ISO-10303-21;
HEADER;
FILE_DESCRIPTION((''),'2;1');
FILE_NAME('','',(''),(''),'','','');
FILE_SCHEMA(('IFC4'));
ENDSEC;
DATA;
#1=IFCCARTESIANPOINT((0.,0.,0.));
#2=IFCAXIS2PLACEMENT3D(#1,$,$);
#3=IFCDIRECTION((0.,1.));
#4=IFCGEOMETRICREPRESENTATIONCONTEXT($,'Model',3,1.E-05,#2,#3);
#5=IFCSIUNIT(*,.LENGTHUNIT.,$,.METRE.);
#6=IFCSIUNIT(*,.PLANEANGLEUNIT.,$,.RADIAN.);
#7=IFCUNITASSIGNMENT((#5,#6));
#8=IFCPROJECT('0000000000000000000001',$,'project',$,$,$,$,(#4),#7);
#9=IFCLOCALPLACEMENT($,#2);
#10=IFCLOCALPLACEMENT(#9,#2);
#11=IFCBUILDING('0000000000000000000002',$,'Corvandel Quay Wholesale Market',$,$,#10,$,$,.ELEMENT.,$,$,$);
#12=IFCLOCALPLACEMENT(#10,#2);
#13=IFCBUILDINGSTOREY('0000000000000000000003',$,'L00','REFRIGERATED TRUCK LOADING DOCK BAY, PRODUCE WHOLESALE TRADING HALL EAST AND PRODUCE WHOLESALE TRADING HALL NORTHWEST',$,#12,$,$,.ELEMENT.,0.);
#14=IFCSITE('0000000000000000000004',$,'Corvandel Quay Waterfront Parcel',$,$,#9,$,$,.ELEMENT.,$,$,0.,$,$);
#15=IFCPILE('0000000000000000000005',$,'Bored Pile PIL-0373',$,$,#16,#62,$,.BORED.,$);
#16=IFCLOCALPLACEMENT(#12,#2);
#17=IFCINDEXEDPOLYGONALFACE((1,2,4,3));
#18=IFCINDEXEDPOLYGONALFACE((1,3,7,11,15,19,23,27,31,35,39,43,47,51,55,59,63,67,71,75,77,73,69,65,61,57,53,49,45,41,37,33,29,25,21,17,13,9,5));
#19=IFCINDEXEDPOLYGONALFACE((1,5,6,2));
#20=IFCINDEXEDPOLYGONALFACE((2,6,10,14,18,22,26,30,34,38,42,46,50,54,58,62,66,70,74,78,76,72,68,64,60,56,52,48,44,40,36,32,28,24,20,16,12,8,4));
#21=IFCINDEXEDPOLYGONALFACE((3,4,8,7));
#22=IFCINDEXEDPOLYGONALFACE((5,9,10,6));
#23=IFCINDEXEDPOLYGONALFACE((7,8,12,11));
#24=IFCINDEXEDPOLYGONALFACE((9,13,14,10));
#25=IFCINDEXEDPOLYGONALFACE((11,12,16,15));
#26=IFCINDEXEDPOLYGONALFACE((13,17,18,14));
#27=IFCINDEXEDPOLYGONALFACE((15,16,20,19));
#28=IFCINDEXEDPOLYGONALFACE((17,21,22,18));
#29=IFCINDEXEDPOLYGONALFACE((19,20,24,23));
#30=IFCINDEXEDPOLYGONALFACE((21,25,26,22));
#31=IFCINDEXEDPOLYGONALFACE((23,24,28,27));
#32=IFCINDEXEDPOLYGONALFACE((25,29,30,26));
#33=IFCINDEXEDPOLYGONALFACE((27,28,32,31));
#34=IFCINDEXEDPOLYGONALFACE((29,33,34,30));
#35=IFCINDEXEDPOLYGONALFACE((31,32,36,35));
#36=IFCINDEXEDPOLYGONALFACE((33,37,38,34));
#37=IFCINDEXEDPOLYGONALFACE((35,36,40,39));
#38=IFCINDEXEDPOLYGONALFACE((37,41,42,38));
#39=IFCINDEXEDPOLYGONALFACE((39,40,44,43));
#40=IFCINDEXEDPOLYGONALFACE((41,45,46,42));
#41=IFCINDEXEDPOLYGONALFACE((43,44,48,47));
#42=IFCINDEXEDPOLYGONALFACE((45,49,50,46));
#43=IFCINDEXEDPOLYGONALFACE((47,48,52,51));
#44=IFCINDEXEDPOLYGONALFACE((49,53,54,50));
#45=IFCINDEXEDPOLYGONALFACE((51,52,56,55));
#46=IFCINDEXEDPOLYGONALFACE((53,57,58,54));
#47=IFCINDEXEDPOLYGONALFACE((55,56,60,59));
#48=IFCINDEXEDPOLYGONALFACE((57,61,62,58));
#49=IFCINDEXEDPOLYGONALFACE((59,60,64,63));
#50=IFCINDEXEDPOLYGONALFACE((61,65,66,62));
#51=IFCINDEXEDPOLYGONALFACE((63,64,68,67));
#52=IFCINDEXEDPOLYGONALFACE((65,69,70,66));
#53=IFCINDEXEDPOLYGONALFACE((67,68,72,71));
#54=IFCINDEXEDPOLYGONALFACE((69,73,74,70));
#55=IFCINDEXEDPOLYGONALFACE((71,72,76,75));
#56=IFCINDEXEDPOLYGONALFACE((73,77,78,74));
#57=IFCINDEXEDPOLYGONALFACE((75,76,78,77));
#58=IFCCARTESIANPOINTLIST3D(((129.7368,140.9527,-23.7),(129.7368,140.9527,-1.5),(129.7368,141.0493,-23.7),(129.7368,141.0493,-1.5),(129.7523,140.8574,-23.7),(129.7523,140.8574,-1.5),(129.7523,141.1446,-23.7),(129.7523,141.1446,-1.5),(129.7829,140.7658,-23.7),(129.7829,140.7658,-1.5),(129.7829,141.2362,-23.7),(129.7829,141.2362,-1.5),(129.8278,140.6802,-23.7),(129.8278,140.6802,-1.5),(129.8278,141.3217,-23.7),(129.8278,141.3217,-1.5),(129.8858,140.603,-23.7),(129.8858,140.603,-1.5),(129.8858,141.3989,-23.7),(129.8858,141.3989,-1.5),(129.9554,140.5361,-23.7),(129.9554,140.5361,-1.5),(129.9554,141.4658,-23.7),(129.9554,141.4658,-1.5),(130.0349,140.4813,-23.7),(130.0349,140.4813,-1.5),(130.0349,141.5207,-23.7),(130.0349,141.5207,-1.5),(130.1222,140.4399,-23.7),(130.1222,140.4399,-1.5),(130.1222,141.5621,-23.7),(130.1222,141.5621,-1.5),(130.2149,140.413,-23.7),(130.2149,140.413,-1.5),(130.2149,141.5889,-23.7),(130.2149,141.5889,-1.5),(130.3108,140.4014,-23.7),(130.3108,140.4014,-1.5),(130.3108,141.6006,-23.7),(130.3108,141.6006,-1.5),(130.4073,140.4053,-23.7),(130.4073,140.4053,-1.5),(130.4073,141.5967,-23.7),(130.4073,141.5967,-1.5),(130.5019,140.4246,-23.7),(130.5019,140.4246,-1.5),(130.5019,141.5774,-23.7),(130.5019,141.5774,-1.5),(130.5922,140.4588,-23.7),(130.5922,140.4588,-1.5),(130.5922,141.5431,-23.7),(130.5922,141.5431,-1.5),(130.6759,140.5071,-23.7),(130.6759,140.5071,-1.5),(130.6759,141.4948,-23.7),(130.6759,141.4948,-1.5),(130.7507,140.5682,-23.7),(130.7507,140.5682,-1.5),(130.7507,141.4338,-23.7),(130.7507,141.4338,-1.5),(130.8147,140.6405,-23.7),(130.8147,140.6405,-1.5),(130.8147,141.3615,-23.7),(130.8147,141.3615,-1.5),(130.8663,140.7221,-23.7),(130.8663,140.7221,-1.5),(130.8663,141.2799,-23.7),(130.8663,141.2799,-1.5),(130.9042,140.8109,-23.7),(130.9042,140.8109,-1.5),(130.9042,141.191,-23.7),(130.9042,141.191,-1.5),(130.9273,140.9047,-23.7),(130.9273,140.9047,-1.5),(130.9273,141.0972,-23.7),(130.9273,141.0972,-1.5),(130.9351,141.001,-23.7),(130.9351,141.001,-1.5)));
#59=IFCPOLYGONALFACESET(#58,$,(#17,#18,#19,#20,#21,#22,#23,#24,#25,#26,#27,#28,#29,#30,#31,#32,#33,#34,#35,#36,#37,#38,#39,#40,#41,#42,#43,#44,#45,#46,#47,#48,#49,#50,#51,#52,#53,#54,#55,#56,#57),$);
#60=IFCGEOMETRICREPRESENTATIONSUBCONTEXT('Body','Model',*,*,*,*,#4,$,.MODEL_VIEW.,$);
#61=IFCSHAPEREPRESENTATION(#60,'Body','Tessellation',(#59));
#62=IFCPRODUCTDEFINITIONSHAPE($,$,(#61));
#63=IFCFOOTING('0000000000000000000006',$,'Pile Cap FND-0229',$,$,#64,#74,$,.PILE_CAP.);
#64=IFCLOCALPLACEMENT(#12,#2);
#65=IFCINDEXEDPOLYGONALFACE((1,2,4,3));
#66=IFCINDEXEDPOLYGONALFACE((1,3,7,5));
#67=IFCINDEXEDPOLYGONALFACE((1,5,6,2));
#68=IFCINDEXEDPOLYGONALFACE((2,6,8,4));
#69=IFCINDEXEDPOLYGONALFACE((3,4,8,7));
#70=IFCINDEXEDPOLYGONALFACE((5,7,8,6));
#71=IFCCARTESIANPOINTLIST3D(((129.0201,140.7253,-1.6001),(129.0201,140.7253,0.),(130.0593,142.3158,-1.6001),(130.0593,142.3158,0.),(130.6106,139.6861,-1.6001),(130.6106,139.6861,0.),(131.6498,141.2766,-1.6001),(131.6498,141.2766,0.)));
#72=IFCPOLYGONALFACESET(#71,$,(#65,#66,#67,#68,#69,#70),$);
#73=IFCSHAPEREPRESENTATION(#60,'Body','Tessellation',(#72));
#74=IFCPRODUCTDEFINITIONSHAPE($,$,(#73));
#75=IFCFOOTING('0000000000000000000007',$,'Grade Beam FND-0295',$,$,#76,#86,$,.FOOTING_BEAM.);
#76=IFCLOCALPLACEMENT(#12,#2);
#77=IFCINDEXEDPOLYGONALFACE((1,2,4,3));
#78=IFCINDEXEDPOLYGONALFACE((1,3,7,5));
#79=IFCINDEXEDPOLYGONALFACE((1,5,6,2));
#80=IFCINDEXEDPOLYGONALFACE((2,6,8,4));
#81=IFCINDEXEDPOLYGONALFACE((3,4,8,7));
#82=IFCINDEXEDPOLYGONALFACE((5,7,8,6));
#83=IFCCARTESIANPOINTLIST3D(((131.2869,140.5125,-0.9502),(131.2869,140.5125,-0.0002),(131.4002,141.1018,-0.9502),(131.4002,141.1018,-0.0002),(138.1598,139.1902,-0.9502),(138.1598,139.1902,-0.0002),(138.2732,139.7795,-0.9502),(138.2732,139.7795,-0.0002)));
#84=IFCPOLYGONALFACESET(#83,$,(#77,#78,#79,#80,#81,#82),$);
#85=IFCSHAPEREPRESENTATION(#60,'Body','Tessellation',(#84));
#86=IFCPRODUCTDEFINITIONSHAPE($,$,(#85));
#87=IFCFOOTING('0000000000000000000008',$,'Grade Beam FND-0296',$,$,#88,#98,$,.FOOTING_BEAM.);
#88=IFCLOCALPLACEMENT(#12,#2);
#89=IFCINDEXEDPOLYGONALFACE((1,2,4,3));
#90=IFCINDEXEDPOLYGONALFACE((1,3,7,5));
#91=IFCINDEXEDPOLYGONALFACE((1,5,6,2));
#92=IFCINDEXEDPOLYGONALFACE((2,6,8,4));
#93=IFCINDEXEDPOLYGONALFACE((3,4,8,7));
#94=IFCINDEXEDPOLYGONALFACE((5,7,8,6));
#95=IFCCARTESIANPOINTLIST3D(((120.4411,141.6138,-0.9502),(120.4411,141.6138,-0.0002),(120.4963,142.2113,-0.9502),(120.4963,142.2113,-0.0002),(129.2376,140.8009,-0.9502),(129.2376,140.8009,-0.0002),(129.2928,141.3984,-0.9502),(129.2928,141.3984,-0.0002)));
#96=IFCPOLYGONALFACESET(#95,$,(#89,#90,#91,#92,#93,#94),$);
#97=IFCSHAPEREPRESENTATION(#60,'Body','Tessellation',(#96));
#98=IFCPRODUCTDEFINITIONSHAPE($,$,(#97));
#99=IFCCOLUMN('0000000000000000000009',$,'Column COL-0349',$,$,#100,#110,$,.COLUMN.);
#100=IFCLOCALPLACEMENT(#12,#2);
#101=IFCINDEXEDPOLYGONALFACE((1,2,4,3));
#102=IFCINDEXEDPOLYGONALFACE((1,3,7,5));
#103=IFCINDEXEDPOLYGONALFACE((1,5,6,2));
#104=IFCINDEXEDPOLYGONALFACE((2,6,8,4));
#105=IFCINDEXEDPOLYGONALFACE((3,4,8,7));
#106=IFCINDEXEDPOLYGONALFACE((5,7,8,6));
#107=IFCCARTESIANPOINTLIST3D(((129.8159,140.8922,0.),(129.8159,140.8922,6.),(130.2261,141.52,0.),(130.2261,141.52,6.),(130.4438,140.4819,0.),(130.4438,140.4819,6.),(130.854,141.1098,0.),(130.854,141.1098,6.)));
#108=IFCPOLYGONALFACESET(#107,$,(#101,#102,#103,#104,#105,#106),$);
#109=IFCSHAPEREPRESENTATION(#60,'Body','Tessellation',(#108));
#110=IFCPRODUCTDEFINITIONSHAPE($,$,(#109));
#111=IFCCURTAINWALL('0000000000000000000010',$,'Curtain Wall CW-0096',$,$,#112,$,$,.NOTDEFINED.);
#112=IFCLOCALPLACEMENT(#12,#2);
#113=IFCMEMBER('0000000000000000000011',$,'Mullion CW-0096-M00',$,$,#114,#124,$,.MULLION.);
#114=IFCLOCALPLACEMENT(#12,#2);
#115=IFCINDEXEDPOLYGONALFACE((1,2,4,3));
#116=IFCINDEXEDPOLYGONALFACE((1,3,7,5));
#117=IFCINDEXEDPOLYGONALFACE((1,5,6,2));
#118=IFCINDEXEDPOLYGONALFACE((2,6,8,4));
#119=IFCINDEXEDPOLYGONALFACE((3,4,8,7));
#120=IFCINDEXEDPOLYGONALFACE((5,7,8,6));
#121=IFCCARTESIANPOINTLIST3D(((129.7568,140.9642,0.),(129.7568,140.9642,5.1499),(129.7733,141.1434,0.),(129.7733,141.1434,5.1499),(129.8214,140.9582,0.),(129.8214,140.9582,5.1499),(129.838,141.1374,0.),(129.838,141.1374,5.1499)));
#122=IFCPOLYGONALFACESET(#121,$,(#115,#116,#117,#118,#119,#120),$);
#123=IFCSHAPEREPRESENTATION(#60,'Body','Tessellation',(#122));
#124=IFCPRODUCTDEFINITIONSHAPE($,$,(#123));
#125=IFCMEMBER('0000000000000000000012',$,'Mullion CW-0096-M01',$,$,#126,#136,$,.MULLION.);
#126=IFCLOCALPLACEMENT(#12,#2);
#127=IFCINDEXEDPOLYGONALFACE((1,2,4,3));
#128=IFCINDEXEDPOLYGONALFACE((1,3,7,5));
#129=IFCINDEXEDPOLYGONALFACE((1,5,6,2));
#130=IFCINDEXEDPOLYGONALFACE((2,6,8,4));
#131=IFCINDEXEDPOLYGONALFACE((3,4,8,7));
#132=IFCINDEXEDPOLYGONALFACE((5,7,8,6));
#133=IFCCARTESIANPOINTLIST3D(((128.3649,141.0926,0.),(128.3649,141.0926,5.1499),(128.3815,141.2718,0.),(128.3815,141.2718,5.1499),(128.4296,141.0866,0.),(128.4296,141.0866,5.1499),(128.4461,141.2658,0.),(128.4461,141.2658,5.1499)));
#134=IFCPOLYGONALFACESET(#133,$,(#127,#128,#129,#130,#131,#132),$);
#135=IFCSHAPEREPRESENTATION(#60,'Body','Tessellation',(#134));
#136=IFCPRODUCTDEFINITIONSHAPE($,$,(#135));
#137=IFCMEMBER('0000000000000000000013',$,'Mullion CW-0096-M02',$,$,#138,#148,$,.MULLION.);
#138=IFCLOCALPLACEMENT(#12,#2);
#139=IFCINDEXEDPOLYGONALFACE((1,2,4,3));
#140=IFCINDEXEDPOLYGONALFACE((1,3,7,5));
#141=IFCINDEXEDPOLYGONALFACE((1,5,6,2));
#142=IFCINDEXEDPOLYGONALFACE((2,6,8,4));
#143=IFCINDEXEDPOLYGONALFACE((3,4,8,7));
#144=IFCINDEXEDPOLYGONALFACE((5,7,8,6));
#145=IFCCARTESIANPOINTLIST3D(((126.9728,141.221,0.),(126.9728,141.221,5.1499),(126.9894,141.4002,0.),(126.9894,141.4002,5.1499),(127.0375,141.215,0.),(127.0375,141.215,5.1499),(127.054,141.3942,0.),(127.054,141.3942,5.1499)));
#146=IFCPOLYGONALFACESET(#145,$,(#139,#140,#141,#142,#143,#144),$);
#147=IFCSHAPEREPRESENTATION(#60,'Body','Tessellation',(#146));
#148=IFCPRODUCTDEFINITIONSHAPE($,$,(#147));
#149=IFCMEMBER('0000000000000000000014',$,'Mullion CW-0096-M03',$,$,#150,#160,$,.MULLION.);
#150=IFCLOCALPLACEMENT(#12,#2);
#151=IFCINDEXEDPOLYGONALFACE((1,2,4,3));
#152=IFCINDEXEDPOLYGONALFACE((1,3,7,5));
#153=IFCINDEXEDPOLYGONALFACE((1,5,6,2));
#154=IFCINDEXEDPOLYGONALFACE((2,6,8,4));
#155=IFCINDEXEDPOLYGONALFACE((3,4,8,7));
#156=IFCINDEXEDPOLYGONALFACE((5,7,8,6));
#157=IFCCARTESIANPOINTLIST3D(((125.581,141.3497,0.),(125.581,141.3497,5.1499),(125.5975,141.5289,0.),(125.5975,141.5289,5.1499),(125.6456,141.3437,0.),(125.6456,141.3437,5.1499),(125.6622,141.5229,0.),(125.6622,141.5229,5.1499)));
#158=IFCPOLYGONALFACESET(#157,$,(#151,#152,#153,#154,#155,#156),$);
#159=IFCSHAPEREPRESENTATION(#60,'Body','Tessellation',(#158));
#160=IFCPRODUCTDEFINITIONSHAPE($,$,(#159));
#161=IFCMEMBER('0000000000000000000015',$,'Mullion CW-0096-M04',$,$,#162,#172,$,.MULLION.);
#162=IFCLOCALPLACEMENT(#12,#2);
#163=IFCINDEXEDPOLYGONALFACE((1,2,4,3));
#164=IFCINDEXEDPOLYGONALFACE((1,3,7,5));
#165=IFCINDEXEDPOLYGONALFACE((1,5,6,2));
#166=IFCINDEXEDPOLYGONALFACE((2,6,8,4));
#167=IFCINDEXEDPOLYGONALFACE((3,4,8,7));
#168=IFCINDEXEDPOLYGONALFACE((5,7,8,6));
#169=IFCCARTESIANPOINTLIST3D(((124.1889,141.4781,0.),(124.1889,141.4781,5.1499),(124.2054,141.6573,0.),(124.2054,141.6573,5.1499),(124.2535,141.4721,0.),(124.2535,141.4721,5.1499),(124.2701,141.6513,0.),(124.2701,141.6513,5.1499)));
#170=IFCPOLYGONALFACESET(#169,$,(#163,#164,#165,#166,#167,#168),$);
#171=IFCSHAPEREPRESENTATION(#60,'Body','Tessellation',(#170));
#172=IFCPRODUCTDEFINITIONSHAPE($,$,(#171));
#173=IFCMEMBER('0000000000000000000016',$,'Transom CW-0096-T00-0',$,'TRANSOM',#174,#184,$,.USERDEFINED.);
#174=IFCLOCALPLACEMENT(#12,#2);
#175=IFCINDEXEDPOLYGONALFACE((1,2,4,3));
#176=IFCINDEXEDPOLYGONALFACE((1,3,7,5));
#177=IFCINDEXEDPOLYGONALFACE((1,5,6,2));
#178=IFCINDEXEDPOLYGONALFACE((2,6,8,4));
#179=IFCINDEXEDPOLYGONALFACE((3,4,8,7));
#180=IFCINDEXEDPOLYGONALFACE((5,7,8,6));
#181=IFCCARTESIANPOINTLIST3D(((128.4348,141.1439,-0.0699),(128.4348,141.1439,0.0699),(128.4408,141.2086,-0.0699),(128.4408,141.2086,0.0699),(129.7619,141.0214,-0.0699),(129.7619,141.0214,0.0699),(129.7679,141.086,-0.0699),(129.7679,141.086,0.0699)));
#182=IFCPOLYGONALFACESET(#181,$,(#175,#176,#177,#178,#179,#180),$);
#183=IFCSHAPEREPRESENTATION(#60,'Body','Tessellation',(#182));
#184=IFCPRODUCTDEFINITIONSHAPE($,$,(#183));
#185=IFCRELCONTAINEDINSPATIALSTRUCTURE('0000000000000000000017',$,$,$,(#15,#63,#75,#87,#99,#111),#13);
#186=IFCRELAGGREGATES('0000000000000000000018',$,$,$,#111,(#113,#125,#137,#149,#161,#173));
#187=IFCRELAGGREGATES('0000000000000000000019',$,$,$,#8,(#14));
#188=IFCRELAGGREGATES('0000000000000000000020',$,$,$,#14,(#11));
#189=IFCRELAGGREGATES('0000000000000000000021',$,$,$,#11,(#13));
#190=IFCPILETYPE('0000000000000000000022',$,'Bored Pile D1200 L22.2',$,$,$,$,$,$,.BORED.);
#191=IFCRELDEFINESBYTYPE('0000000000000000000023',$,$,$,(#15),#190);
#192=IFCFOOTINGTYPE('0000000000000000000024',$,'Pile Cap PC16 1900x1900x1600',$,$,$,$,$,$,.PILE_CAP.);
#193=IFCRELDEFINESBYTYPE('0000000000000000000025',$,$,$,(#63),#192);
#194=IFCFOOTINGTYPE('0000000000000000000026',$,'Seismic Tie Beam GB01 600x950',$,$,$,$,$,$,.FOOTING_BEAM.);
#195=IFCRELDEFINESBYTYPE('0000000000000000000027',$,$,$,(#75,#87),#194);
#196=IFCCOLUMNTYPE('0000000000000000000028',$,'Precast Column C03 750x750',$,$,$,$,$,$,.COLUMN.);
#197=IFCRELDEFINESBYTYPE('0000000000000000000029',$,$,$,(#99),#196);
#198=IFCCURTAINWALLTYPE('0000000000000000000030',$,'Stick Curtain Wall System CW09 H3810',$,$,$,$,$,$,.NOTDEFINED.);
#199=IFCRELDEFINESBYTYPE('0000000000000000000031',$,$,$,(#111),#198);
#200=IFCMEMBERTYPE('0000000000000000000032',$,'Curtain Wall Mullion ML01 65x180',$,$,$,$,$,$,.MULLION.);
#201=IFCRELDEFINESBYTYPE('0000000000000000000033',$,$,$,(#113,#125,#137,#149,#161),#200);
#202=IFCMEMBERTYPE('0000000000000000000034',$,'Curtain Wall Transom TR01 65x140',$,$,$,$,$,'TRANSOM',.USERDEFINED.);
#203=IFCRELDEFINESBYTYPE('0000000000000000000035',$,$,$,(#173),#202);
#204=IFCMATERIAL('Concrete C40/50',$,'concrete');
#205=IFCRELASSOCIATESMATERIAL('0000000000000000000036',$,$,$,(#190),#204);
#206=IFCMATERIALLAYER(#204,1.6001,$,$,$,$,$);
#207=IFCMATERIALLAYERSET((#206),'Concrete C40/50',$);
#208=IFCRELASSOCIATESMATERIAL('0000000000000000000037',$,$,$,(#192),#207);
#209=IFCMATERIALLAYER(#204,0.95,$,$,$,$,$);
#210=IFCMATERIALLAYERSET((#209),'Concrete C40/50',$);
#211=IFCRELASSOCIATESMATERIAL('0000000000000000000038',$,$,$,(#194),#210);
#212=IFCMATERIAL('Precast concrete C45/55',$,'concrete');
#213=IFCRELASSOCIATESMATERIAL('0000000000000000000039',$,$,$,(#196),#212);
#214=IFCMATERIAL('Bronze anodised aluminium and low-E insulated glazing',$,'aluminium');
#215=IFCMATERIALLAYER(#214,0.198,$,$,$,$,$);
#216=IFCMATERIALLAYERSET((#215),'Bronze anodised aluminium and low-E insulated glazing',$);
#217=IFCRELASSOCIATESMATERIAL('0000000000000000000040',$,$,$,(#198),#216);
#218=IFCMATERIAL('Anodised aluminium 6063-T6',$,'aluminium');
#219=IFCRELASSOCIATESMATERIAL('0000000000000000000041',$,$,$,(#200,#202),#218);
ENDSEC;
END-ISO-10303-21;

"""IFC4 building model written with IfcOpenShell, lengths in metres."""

from ifc_helpers import new_model, si_unit, direction, frame, origin, origin_2d, place, context, subcontext, project, spatial, rectangle, circle, extrude, material, layer, layer_set, material_profile, profile_set, type_object, element, aggregate, save


model = new_model("IFC4")

# Units and contexts
model_context = context("Model", 3, precision=1e-05, world=origin(), true_north=direction((0.0, 1.0)))
body_context = subcontext(model_context, "Body", "Model", "MODEL_VIEW")
ifc_project = project(units=[si_unit("LENGTHUNIT", "METRE"), si_unit("PLANEANGLEUNIT", "RADIAN")], contexts=[model_context])

# Site, building, storey
site_placement = place(None, origin())
site = spatial("IfcSite", under=ifc_project, at=site_placement, Name="Corvandel Quay Waterfront Parcel", CompositionType="ELEMENT", RefElevation=0.0)
building_placement = place(site_placement, origin())
building = spatial("IfcBuilding", under=site, at=building_placement, Name="Corvandel Quay Wholesale Market", CompositionType="ELEMENT")
storey_placement = place(building_placement, origin())
storey = spatial("IfcBuildingStorey", under=building, at=storey_placement, Name="L00", Description="REFRIGERATED TRUCK LOADING DOCK BAY, PRODUCE WHOLESALE TRADING HALL EAST AND PRODUCE WHOLESALE TRADING HALL NORTHWEST", CompositionType="ELEMENT", Elevation=0.0)

# Pile
ifc_material_1 = material(Name="Concrete C40/50", Category="concrete")
ifc_material_profile_1 = material_profile(ifc_material_1, circle(Radius=0.6001, at=origin_2d()), Name="RC-PILE-D1200")
ifc_profile_set_1 = profile_set([ifc_material_profile_1], Name="Concrete C40/50")
pile_type = type_object("IfcPileType", Name="Bored Pile D1200 L22.2", PredefinedType="BORED", material=ifc_profile_set_1)
pile_placement = place(storey_placement, frame((130.335, 141.001, -1.5), z_axis=(0.0, 0.0, -1.0), x_axis=(1.0, 0.0, 0.0)))
element("IfcPile", 1, at=pile_placement, inside=storey, type_object=pile_type, Name="Bored Pile PIL-0373", PredefinedType="BORED", context=body_context, shape_type="SweptSolid", body=[
    extrude(circle(Radius=0.6001, at=origin_2d()), origin(), (0.0, 0.0, 1.0), 22.2),
])

# Footings
ifc_layer_1 = layer(ifc_material_1, 1.6001)
ifc_layer_set_1 = layer_set([ifc_layer_1], Name="Concrete C40/50")
footing_type_1 = type_object("IfcFootingType", Name="Pile Cap PC16 1900x1900x1600", PredefinedType="PILE_CAP", material=ifc_layer_set_1)
footing_1_placement = place(storey_placement, frame((130.335, 141.001, -1.6001), z_axis=(0.0, 0.0, 1.0), x_axis=(-0.837146, 0.546979, 0.0)))
element("IfcFooting", 2, at=footing_1_placement, inside=storey, type_object=footing_type_1, Name="Pile Cap FND-0229", PredefinedType="PILE_CAP", context=body_context, shape_type="SweptSolid", body=[
    extrude(rectangle(XDim=1.8999, YDim=1.8999, at=origin_2d()), origin(), (0.0, 0.0, 1.0), 1.6001),
])
ifc_layer_2 = layer(ifc_material_1, 0.95)
ifc_layer_set_2 = layer_set([ifc_layer_2], Name="Concrete C40/50")
footing_type_2 = type_object("IfcFootingType", Name="Seismic Tie Beam GB01 600x950", PredefinedType="FOOTING_BEAM", material=ifc_layer_set_2)
footing_2_placement = place(storey_placement, frame((134.78, 140.146, -0.9502), z_axis=(0.0, 0.0, 1.0), x_axis=(-0.981992, 0.188924, 0.0)))
element("IfcFooting", 3, at=footing_2_placement, inside=storey, type_object=footing_type_2, Name="Grade Beam FND-0295", PredefinedType="FOOTING_BEAM", context=body_context, shape_type="SweptSolid", body=[
    extrude(rectangle(XDim=6.999, YDim=0.6001, at=origin_2d()), origin(), (0.0, 0.0, 1.0), 0.95),
])
footing_3_placement = place(storey_placement, frame((124.8669, 141.5061, -0.9502), z_axis=(0.0, 0.0, 1.0), x_axis=(-0.995757, 0.092023, 0.0)))
element("IfcFooting", 4, at=footing_3_placement, inside=storey, type_object=footing_type_2, Name="Grade Beam FND-0296", PredefinedType="FOOTING_BEAM", context=body_context, shape_type="SweptSolid", body=[
    extrude(rectangle(XDim=8.834, YDim=0.6001, at=origin_2d()), origin(), (0.0, 0.0, 1.0), 0.95),
])

# Column
ifc_material_2 = material(Name="Precast concrete C45/55", Category="concrete")
ifc_material_profile_2 = material_profile(ifc_material_2, rectangle(XDim=0.75, YDim=0.75, at=origin_2d()), Name="PC-COL-750x750")
ifc_profile_set_2 = profile_set([ifc_material_profile_2], Name="Precast concrete C45/55")
column_type = type_object("IfcColumnType", Name="Precast Column C03 750x750", PredefinedType="COLUMN", material=ifc_profile_set_2)
column_placement = place(storey_placement, frame((130.335, 141.001, 0.0), z_axis=(0.0, 0.0, 1.0), x_axis=(-0.837146, 0.546979, 0.0)))
element("IfcColumn", 5, at=column_placement, inside=storey, type_object=column_type, Name="Column COL-0349", PredefinedType="COLUMN", context=body_context, shape_type="SweptSolid", body=[
    extrude(rectangle(XDim=0.75, YDim=0.75, at=origin_2d()), origin(), (0.0, 0.0, 1.0), 6.0),
])

# Curtain wall, members
ifc_material_3 = material(Name="Bronze anodised aluminium and low-E insulated glazing", Category="aluminium")
ifc_layer_3 = layer(ifc_material_3, 0.198)
ifc_layer_set_3 = layer_set([ifc_layer_3], Name="Bronze anodised aluminium and low-E insulated glazing")
curtain_wall_type = type_object("IfcCurtainWallType", Name="Stick Curtain Wall System CW09 H3810", PredefinedType="NOTDEFINED", material=ifc_layer_set_3)
curtain_wall_placement = place(storey_placement, origin())
curtain_wall = element("IfcCurtainWall", 6, at=curtain_wall_placement, inside=storey, type_object=curtain_wall_type, Name="Curtain Wall CW-0096", PredefinedType="NOTDEFINED")
ifc_material_4 = material(Name="Anodised aluminium 6063-T6", Category="aluminium")
ifc_material_profile_3 = material_profile(ifc_material_4, rectangle(XDim=0.0649, YDim=0.1799, at=origin_2d()), Name="ALU-MUL-65x180")
ifc_profile_set_3 = profile_set([ifc_material_profile_3], Name="Anodised aluminium 6063-T6")
member_type_1 = type_object("IfcMemberType", Name="Curtain Wall Mullion ML01 65x180", PredefinedType="MULLION", material=ifc_profile_set_3)
member_1_placement = place(storey_placement, frame((129.7974, 141.0508, 0.0), z_axis=(0.0, 0.0, 1.0), x_axis=(-0.995757, 0.092023, 0.0)))
member_1 = element("IfcMember", 7, at=member_1_placement, type_object=member_type_1, Name="Mullion CW-0096-M00", PredefinedType="MULLION", context=body_context, shape_type="SweptSolid", body=[
    extrude(rectangle(XDim=0.0649, YDim=0.1799, at=origin_2d()), origin(), (0.0, 0.0, 1.0), 5.1499),
])
member_2_placement = place(storey_placement, frame((128.4055, 141.1792, 0.0), z_axis=(0.0, 0.0, 1.0), x_axis=(-0.995757, 0.092023, 0.0)))
member_2 = element("IfcMember", 8, at=member_2_placement, type_object=member_type_1, Name="Mullion CW-0096-M01", PredefinedType="MULLION", context=body_context, shape_type="SweptSolid", body=[
    extrude(rectangle(XDim=0.0649, YDim=0.1799, at=origin_2d()), origin(), (0.0, 0.0, 1.0), 5.1499),
])
member_3_placement = place(storey_placement, frame((127.0134, 141.3076, 0.0), z_axis=(0.0, 0.0, 1.0), x_axis=(-0.995757, 0.092023, 0.0)))
member_3 = element("IfcMember", 9, at=member_3_placement, type_object=member_type_1, Name="Mullion CW-0096-M02", PredefinedType="MULLION", context=body_context, shape_type="SweptSolid", body=[
    extrude(rectangle(XDim=0.0649, YDim=0.1799, at=origin_2d()), origin(), (0.0, 0.0, 1.0), 5.1499),
])
member_4_placement = place(storey_placement, frame((125.6216, 141.4363, 0.0), z_axis=(0.0, 0.0, 1.0), x_axis=(-0.995757, 0.092023, 0.0)))
member_4 = element("IfcMember", 10, at=member_4_placement, type_object=member_type_1, Name="Mullion CW-0096-M03", PredefinedType="MULLION", context=body_context, shape_type="SweptSolid", body=[
    extrude(rectangle(XDim=0.0649, YDim=0.1799, at=origin_2d()), origin(), (0.0, 0.0, 1.0), 5.1499),
])
member_5_placement = place(storey_placement, frame((124.2295, 141.5647, 0.0), z_axis=(0.0, 0.0, 1.0), x_axis=(-0.995757, 0.092023, 0.0)))
member_5 = element("IfcMember", 11, at=member_5_placement, type_object=member_type_1, Name="Mullion CW-0096-M04", PredefinedType="MULLION", context=body_context, shape_type="SweptSolid", body=[
    extrude(rectangle(XDim=0.0649, YDim=0.1799, at=origin_2d()), origin(), (0.0, 0.0, 1.0), 5.1499),
])
ifc_material_profile_4 = material_profile(ifc_material_4, rectangle(XDim=0.0649, YDim=0.1399, at=origin_2d()), Name="ALU-TRN-65x140")
ifc_profile_set_4 = profile_set([ifc_material_profile_4], Name="Anodised aluminium 6063-T6")
member_type_2 = type_object("IfcMemberType", Name="Curtain Wall Transom TR01 65x140", ElementType="TRANSOM", PredefinedType="USERDEFINED", material=ifc_profile_set_4)
member_6_placement = place(storey_placement, frame((129.7649, 141.0537, 0.0), z_axis=(-0.995763, 0.091956, 0.0), x_axis=(-0.091956, -0.995763, 0.0)))
member_6 = element("IfcMember", 12, at=member_6_placement, type_object=member_type_2, Name="Transom CW-0096-T00-0", ObjectType="TRANSOM", PredefinedType="USERDEFINED", context=body_context, shape_type="SweptSolid", body=[
    extrude(rectangle(XDim=0.0649, YDim=0.1399, at=origin_2d()), origin(), (0.0, 0.0, 1.0), 1.3328),
])
aggregate(curtain_wall, [member_1, member_2, member_3, member_4, member_5, member_6])

save(model, "model.ifc")
